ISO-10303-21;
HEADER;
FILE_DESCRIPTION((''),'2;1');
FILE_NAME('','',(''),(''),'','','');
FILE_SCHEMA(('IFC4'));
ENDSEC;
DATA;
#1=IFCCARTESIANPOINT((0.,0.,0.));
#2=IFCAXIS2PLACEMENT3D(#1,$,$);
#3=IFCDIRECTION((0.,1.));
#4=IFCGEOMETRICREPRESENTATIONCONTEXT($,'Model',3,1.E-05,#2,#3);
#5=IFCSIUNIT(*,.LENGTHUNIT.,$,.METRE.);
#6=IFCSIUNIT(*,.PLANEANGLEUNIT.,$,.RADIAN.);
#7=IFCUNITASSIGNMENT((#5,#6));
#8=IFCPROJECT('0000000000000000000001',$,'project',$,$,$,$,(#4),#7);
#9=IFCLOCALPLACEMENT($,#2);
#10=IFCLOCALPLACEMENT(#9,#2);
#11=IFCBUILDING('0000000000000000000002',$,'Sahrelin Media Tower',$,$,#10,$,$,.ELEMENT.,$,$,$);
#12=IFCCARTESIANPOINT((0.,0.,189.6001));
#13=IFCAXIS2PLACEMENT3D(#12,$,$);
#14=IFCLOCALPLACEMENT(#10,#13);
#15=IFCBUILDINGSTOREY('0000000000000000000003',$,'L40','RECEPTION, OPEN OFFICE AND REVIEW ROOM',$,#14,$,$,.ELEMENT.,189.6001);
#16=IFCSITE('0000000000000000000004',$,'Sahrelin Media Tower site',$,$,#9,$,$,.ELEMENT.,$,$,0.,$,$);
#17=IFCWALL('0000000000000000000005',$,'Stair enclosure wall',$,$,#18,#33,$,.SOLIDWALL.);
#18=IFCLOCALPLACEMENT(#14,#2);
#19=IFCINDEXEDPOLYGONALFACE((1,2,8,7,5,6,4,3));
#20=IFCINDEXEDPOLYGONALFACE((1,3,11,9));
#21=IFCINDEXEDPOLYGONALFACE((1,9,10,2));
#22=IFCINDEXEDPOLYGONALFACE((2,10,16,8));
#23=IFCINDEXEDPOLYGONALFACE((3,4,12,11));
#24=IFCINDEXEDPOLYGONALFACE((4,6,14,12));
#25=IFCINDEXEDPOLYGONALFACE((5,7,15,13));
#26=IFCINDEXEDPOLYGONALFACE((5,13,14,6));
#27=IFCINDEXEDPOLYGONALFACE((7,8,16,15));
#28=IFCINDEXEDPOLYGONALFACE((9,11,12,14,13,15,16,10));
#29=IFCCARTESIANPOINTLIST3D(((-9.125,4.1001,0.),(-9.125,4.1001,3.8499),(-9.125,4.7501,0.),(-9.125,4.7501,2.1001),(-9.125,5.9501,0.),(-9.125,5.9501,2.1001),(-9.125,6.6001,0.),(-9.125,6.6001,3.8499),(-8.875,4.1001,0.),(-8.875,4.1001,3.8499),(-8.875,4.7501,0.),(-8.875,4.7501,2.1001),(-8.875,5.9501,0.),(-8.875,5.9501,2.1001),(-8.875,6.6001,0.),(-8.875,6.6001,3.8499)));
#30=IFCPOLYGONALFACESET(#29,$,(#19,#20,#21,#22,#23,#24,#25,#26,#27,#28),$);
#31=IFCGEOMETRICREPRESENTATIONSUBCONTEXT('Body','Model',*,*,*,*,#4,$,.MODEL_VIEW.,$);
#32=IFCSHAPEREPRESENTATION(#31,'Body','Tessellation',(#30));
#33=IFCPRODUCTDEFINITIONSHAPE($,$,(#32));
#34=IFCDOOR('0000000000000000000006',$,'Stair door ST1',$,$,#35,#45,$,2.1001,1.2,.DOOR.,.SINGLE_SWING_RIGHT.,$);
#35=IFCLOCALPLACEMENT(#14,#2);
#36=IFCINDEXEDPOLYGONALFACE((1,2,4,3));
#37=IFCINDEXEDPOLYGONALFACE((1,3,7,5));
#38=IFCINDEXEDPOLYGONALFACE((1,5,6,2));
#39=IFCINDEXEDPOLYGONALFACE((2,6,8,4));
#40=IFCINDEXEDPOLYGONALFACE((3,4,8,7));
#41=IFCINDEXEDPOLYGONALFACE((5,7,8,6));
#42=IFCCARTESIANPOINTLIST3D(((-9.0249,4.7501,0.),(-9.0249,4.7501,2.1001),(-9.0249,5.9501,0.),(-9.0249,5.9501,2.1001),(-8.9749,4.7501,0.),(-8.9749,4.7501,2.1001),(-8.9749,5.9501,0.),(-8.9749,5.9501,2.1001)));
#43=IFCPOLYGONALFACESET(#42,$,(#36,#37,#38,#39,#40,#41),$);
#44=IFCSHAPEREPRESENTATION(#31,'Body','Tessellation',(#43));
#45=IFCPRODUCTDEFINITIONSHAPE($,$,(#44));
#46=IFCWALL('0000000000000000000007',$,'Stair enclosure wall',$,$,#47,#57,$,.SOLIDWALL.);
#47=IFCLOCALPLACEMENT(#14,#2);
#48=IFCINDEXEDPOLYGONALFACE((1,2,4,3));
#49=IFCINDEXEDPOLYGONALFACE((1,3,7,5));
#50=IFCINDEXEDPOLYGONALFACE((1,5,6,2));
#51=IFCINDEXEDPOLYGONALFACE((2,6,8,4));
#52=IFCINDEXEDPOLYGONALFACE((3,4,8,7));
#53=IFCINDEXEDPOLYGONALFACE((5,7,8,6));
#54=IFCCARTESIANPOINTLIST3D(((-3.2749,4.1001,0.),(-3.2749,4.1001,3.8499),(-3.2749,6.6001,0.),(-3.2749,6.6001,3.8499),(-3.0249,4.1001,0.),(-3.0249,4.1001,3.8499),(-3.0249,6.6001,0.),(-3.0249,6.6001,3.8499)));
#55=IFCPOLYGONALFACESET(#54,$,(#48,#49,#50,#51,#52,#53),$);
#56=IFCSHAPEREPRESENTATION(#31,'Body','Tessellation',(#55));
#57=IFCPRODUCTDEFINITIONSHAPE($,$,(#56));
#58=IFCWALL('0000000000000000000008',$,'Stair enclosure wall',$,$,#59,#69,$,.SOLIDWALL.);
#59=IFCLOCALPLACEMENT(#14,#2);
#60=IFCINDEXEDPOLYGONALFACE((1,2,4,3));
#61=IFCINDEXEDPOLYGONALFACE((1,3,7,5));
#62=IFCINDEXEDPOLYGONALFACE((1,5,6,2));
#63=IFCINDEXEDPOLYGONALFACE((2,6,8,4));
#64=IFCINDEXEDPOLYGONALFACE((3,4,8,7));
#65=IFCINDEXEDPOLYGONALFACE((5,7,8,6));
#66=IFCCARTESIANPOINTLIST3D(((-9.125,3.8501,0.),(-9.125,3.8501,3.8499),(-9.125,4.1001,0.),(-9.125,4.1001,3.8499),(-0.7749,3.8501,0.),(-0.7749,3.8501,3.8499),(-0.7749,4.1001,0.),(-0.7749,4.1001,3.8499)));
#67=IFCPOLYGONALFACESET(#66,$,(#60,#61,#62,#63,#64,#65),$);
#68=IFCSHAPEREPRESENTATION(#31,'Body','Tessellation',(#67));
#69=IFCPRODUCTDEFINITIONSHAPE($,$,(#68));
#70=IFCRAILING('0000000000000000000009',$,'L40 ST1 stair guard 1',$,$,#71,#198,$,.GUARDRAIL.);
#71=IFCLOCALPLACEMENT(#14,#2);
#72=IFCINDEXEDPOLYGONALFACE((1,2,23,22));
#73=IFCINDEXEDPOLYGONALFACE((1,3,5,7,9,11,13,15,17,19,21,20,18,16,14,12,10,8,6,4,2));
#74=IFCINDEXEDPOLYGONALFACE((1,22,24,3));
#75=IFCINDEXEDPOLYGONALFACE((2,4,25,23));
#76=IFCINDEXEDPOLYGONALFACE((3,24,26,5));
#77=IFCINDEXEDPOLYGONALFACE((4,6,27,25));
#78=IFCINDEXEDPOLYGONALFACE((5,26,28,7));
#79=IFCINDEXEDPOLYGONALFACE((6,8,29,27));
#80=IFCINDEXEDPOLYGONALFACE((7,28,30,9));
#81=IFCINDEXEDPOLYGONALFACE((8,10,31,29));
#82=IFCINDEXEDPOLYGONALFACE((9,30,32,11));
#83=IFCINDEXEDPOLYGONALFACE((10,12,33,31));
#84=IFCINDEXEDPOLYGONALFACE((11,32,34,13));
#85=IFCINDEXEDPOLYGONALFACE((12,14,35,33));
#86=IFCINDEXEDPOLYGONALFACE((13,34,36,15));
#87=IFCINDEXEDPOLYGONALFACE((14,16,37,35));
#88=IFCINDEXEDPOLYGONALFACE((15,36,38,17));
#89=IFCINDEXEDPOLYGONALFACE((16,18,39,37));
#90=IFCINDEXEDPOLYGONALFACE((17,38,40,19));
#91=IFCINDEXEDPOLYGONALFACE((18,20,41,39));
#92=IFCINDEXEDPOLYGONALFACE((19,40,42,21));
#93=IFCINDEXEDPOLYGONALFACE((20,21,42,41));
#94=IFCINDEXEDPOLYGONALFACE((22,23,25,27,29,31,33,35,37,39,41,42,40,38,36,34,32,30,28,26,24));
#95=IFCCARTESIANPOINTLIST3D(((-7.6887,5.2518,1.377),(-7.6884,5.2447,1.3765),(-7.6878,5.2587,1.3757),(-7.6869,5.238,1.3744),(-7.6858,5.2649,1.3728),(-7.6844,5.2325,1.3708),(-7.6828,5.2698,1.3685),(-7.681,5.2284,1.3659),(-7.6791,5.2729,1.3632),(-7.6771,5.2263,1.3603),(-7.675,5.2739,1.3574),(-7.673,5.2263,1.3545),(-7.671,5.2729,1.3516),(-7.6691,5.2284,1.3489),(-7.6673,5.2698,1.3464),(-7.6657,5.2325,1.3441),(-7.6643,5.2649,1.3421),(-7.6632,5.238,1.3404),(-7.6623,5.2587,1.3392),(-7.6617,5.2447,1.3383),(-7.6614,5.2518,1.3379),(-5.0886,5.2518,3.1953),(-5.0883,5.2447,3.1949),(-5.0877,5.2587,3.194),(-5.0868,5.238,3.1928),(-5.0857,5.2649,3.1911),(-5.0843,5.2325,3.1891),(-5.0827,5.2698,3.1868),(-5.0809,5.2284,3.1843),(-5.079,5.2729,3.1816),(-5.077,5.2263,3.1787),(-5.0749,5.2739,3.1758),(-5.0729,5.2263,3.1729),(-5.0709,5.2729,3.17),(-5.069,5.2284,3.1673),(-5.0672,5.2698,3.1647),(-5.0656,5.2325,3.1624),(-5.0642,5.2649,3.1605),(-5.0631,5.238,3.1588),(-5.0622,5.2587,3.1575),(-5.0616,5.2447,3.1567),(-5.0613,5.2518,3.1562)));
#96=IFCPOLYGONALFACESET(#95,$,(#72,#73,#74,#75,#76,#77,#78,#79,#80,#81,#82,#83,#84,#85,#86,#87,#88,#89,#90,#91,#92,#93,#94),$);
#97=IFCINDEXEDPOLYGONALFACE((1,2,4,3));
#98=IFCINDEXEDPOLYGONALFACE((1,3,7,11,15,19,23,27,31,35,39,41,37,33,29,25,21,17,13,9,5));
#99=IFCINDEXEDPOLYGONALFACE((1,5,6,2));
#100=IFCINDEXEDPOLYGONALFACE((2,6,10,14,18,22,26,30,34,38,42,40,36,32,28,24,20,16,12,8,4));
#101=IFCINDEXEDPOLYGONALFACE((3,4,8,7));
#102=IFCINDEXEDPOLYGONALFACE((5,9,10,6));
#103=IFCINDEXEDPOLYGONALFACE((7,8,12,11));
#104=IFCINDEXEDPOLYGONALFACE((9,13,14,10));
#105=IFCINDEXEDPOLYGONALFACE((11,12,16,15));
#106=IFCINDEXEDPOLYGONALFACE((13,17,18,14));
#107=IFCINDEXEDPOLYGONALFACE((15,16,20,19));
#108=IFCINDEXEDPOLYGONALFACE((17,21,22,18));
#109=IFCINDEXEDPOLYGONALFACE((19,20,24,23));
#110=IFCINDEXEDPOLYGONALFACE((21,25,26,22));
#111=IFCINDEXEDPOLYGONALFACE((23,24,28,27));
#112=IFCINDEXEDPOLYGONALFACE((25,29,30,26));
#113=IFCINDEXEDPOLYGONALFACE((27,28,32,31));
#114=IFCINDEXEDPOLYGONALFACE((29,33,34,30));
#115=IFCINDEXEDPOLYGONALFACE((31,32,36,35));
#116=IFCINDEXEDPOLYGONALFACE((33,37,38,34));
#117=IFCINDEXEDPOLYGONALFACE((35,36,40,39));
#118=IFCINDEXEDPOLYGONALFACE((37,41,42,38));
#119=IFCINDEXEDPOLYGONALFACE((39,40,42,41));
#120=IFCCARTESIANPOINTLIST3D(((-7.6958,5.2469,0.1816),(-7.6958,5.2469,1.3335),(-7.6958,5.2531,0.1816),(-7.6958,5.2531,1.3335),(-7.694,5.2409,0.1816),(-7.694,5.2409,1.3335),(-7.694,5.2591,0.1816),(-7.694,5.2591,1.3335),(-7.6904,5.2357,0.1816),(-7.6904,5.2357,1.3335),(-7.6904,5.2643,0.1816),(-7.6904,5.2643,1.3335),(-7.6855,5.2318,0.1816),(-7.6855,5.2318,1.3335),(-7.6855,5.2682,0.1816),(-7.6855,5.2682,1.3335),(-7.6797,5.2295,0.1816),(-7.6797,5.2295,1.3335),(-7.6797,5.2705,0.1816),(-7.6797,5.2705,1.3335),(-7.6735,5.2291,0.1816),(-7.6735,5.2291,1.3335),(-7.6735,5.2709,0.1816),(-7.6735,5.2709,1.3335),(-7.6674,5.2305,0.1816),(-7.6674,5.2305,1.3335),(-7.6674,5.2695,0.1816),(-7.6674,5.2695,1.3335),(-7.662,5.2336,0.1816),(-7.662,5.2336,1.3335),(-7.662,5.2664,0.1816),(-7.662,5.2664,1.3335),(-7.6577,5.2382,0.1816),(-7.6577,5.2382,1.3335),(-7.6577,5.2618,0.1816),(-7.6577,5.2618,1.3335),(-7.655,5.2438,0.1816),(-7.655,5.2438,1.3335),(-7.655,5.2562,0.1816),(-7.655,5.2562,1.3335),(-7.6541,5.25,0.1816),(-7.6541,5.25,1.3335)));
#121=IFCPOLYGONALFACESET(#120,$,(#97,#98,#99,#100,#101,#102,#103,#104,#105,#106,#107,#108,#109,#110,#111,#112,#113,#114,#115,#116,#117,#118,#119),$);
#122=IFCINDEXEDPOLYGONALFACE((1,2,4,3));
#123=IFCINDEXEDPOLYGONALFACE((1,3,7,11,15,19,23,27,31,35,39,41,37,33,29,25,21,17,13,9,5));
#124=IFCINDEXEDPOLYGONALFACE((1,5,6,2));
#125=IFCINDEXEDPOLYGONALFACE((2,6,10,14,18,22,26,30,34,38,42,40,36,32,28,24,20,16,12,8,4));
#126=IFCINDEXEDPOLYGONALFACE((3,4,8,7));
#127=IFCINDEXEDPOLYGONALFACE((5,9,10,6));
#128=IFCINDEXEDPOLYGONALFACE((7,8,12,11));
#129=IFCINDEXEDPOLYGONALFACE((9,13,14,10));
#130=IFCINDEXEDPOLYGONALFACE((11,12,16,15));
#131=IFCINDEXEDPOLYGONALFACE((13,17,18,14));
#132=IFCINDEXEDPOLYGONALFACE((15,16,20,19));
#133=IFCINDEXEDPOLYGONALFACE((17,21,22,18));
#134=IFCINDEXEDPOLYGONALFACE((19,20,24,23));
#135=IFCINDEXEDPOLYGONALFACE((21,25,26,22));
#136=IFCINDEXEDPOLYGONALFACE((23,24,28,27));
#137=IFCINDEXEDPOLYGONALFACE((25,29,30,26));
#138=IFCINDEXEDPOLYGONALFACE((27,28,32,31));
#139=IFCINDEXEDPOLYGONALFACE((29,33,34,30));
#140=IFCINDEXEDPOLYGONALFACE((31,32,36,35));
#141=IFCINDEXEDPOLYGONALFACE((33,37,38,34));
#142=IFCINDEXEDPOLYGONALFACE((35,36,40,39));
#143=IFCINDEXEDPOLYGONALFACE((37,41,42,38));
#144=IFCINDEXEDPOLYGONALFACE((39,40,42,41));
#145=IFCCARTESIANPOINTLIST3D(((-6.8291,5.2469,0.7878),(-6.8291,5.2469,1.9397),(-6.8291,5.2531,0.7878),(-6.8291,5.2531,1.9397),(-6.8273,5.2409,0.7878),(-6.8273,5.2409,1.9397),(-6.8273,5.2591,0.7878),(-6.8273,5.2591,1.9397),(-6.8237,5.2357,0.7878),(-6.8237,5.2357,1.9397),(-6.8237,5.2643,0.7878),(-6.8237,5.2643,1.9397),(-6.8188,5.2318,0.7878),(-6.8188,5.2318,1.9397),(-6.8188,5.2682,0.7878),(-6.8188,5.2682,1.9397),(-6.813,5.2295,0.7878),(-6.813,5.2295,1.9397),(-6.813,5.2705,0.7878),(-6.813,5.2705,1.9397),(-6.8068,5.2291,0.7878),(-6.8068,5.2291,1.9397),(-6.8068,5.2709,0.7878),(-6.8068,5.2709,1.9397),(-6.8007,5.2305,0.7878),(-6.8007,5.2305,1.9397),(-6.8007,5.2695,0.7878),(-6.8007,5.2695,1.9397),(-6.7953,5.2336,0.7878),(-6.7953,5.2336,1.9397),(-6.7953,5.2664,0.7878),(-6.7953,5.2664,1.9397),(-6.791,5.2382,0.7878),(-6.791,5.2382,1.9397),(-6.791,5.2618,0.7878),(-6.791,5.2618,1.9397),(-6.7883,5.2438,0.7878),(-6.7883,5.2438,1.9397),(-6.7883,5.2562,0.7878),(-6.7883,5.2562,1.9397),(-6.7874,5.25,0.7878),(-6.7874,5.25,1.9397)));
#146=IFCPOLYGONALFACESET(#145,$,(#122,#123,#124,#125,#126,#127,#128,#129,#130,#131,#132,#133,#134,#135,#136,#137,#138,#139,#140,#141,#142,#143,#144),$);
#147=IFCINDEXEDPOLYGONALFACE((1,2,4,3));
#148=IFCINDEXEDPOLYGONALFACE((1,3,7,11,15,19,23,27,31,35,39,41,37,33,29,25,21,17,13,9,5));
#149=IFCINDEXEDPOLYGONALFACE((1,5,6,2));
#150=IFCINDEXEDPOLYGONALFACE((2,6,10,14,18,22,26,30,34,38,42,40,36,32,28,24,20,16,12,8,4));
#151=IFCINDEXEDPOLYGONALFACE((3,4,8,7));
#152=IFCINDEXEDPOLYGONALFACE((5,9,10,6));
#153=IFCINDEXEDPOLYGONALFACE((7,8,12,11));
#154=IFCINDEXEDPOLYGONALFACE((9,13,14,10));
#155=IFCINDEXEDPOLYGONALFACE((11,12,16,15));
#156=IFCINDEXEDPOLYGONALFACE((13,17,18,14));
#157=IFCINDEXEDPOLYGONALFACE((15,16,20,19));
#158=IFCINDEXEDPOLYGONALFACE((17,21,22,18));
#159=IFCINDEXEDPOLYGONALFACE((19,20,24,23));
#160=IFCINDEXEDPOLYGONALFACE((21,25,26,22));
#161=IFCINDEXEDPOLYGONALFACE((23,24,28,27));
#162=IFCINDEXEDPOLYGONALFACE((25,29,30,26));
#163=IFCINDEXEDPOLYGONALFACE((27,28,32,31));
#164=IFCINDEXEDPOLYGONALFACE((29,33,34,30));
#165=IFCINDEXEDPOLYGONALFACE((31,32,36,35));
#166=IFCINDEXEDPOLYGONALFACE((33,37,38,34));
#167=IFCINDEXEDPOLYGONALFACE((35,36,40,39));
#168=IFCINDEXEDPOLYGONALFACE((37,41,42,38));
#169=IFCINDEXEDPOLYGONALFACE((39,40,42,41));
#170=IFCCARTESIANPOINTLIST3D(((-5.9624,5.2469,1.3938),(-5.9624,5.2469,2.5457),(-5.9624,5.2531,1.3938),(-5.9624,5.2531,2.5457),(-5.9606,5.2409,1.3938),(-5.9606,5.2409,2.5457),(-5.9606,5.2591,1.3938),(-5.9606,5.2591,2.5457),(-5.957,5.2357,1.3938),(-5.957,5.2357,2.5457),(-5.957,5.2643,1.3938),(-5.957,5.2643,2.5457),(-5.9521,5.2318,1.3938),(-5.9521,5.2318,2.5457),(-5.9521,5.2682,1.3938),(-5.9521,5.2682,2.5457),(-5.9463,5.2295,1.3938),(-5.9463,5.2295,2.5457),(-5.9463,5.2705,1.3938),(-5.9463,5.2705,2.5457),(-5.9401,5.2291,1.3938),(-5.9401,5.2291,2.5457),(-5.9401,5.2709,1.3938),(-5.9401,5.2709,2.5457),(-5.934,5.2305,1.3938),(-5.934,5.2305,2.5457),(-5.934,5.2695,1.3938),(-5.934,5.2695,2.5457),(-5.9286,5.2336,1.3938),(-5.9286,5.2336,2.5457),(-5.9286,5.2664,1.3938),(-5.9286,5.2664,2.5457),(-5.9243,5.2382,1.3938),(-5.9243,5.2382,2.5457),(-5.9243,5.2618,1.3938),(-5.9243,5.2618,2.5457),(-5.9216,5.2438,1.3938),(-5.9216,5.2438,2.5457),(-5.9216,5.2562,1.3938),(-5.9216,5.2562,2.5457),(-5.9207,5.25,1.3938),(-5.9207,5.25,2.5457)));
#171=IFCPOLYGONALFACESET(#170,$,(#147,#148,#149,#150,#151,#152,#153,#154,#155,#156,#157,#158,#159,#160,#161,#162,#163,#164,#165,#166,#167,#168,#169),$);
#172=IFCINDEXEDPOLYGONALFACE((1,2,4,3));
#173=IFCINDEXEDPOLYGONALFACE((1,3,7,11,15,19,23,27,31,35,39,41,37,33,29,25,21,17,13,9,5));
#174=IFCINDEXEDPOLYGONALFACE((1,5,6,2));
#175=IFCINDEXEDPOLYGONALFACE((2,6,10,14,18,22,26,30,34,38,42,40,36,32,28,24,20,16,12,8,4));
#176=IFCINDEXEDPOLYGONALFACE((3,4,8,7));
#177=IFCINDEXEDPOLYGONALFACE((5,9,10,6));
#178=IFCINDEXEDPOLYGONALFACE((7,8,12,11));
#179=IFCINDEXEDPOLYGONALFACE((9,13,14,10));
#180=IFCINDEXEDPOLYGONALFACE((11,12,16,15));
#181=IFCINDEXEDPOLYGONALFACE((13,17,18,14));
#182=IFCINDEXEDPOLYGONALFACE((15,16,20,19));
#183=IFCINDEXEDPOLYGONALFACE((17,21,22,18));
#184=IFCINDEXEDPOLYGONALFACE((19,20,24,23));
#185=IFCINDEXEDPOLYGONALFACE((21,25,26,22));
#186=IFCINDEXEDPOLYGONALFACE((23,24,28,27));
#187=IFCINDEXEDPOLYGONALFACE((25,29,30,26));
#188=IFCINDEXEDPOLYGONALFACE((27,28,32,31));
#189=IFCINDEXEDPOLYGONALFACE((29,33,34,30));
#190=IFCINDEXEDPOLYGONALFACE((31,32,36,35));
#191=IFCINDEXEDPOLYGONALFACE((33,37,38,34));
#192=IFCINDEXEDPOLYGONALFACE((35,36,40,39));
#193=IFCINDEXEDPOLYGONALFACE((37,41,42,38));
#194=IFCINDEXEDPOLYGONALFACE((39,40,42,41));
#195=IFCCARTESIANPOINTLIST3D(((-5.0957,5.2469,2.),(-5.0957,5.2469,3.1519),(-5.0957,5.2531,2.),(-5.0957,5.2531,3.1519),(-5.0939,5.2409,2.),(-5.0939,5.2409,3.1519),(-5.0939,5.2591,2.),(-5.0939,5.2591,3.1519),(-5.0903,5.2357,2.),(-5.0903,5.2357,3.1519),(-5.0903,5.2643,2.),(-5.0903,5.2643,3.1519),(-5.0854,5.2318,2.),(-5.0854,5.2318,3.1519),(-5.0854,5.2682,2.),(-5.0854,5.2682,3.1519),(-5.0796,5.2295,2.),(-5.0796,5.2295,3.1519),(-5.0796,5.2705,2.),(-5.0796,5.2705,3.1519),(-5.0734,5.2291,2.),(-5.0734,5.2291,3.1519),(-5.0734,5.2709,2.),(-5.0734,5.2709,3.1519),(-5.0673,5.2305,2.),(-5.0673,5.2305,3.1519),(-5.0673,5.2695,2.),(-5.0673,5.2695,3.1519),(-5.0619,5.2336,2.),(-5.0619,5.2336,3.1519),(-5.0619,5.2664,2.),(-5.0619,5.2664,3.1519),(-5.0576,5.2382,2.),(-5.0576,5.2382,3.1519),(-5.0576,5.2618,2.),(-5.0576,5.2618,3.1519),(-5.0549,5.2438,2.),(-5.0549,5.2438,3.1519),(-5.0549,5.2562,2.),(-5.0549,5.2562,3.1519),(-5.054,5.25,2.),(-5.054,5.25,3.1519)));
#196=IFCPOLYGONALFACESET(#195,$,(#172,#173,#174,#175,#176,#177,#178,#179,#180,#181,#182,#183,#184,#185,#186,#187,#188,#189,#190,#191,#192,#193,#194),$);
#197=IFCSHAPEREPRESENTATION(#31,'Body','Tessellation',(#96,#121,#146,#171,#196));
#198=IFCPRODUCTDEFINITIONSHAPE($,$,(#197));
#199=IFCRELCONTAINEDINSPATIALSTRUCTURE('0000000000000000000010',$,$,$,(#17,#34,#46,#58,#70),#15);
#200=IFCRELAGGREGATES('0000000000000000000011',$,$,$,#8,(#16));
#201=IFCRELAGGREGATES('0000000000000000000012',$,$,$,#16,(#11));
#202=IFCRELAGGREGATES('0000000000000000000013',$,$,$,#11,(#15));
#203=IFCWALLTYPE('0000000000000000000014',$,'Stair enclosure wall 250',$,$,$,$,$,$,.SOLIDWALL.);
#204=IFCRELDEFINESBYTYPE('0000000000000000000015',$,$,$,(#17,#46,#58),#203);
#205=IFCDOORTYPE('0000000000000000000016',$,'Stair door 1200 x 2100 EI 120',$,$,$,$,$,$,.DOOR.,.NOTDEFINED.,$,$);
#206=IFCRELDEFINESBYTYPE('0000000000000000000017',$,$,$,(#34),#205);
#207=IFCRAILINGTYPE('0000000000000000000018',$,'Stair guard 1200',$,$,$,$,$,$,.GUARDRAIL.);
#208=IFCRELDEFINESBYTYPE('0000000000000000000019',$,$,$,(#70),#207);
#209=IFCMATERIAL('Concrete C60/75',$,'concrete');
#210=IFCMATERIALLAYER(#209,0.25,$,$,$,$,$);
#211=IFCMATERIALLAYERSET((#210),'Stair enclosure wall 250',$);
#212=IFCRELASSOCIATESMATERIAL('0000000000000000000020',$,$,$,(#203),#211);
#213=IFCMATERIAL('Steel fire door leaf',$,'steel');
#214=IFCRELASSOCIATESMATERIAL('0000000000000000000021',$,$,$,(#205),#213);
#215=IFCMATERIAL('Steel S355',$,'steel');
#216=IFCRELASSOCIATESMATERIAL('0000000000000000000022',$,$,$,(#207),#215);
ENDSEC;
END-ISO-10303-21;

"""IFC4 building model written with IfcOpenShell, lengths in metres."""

from ifc_helpers import new_model, si_unit, direction, frame, frame_2d, origin, origin_2d, place, context, subcontext, project, spatial, rectangle, circle, extrude, material, layer, layer_set, type_object, element, fill, save


model = new_model("IFC4")

# Units and contexts
model_context = context("Model", 3, precision=1e-05, world=origin(), true_north=direction((0.0, 1.0)))
body_context = subcontext(model_context, "Body", "Model", "MODEL_VIEW")
ifc_project = project(units=[si_unit("LENGTHUNIT", "METRE"), si_unit("PLANEANGLEUNIT", "RADIAN")], contexts=[model_context])

# Site, building, storey
site_placement = place(None, origin())
site = spatial("IfcSite", under=ifc_project, at=site_placement, Name="Sahrelin Media Tower site", CompositionType="ELEMENT", RefElevation=0.0)
building_placement = place(site_placement, origin())
building = spatial("IfcBuilding", under=site, at=building_placement, Name="Sahrelin Media Tower", CompositionType="ELEMENT")
storey_placement = place(building_placement, frame((0.0, 0.0, 189.6001)))
storey = spatial("IfcBuildingStorey", under=building, at=storey_placement, Name="L40", Description="RECEPTION, OPEN OFFICE AND REVIEW ROOM", CompositionType="ELEMENT", Elevation=189.6001)

# Shared definitions
ifc_material_1 = material(Name="Steel S355", Category="steel")

# Shared definitions
ifc_material_2 = material(Name="Concrete C60/75", Category="concrete")

# Shared definitions
ifc_material_3 = material(Name="Steel fire door leaf", Category="steel")

# Wall, opening, door
ifc_layer_1 = layer(ifc_material_2, 0.25)
ifc_layer_set_1 = layer_set([ifc_layer_1], Name="Stair enclosure wall 250")
wall_type_1 = type_object("IfcWallType", Name="Stair enclosure wall 250", PredefinedType="SOLIDWALL", material=ifc_layer_set_1)
wall_1_placement = place(storey_placement, frame((-9.0, 4.1001, 0.0), z_axis=(0.0, 0.0, 1.0), x_axis=(0.0, 1.0, 0.0)))
wall_1 = element("IfcWall", 1, at=wall_1_placement, inside=storey, type_object=wall_type_1, Name="Stair enclosure wall", PredefinedType="SOLIDWALL", context=body_context, shape_type="SweptSolid", body=[
    extrude(rectangle(XDim=2.5, YDim=0.25, at=frame_2d((1.25, 0.0))), origin(), (0.0, 0.0, 1.0), 3.8499),
])
opening_1_placement = place(wall_1_placement, frame((0.6499, 0.0, 0.0)))
opening_1 = element("IfcOpeningElement", 2, at=opening_1_placement, cuts=wall_1, PredefinedType="OPENING", context=body_context, shape_type="SweptSolid", body=[
    extrude(rectangle(XDim=1.2, YDim=2.1001, at=frame_2d((0.6001, 1.05))), frame((0.0, 0.125, 0.0), z_axis=(0.0, -1.0, 0.0), x_axis=(1.0, 0.0, 0.0)), (0.0, 0.0, 1.0), 0.25),
])
door_type_1 = type_object("IfcDoorType", Name="Stair door 1200 x 2100 EI 120", OperationType="NOTDEFINED", PredefinedType="DOOR", material=ifc_material_3)
door_1_placement = place(opening_1_placement, origin())
door_1 = element("IfcDoor", 3, at=door_1_placement, inside=storey, type_object=door_type_1, Name="Stair door ST1", OperationType="SINGLE_SWING_RIGHT", OverallHeight=2.1001, OverallWidth=1.2, PredefinedType="DOOR", context=body_context, shape_type="SweptSolid", body=[
    extrude(rectangle(XDim=1.2, YDim=2.1001, at=frame_2d((0.6001, 1.05))), frame((0.0, 0.0249, 0.0), z_axis=(0.0, -1.0, 0.0), x_axis=(1.0, 0.0, 0.0)), (0.0, 0.0, 1.0), 0.05),
])
fill(opening_1, door_1)

# Walls
wall_2_placement = place(storey_placement, frame((-3.1499, 4.1001, 0.0), z_axis=(0.0, 0.0, 1.0), x_axis=(0.0, 1.0, 0.0)))
element("IfcWall", 4, at=wall_2_placement, inside=storey, type_object=wall_type_1, Name="Stair enclosure wall", PredefinedType="SOLIDWALL", context=body_context, shape_type="SweptSolid", body=[
    extrude(rectangle(XDim=2.5, YDim=0.25, at=frame_2d((1.25, 0.0))), origin(), (0.0, 0.0, 1.0), 3.8499),
])
wall_3_placement = place(storey_placement, frame((-9.125, 3.9751, 0.0), z_axis=(0.0, 0.0, 1.0), x_axis=(1.0, 0.0, 0.0)))
element("IfcWall", 5, at=wall_3_placement, inside=storey, type_object=wall_type_1, Name="Stair enclosure wall", PredefinedType="SOLIDWALL", context=body_context, shape_type="SweptSolid", body=[
    extrude(rectangle(XDim=8.3501, YDim=0.25, at=frame_2d((4.175, 0.0))), origin(), (0.0, 0.0, 1.0), 3.8499),
])

# Railing
railing_type_1 = type_object("IfcRailingType", Name="Stair guard 1200", PredefinedType="GUARDRAIL", material=ifc_material_1)
railing_1_placement = place(storey_placement, frame((-7.675, 5.25, 0.1816)))
element("IfcRailing", 6, at=railing_1_placement, inside=storey, type_object=railing_type_1, Name="L40 ST1 stair guard 1", PredefinedType="GUARDRAIL", context=body_context, shape_type="SweptSolid", body=[
    extrude(circle(Radius=0.0239, at=origin_2d()), frame((0.0, 0.0, 1.1758), z_axis=(0.819485, 0.0, 0.573101), x_axis=(0.0, 1.0, 0.0)), (0.0, 0.0, 1.0), 3.1729),
    extrude(circle(Radius=0.021, at=origin_2d()), origin(), (0.0, 0.0, 1.0), 1.1519),
    extrude(circle(Radius=0.021, at=origin_2d()), frame((0.8667, 0.0, 0.6062)), (0.0, 0.0, 1.0), 1.1519),
    extrude(circle(Radius=0.021, at=origin_2d()), frame((1.7334, 0.0, 1.2122)), (0.0, 0.0, 1.0), 1.1519),
    extrude(circle(Radius=0.021, at=origin_2d()), frame((2.6001, 0.0, 1.8184)), (0.0, 0.0, 1.0), 1.1519),
])

save(model, "model.ifc")
